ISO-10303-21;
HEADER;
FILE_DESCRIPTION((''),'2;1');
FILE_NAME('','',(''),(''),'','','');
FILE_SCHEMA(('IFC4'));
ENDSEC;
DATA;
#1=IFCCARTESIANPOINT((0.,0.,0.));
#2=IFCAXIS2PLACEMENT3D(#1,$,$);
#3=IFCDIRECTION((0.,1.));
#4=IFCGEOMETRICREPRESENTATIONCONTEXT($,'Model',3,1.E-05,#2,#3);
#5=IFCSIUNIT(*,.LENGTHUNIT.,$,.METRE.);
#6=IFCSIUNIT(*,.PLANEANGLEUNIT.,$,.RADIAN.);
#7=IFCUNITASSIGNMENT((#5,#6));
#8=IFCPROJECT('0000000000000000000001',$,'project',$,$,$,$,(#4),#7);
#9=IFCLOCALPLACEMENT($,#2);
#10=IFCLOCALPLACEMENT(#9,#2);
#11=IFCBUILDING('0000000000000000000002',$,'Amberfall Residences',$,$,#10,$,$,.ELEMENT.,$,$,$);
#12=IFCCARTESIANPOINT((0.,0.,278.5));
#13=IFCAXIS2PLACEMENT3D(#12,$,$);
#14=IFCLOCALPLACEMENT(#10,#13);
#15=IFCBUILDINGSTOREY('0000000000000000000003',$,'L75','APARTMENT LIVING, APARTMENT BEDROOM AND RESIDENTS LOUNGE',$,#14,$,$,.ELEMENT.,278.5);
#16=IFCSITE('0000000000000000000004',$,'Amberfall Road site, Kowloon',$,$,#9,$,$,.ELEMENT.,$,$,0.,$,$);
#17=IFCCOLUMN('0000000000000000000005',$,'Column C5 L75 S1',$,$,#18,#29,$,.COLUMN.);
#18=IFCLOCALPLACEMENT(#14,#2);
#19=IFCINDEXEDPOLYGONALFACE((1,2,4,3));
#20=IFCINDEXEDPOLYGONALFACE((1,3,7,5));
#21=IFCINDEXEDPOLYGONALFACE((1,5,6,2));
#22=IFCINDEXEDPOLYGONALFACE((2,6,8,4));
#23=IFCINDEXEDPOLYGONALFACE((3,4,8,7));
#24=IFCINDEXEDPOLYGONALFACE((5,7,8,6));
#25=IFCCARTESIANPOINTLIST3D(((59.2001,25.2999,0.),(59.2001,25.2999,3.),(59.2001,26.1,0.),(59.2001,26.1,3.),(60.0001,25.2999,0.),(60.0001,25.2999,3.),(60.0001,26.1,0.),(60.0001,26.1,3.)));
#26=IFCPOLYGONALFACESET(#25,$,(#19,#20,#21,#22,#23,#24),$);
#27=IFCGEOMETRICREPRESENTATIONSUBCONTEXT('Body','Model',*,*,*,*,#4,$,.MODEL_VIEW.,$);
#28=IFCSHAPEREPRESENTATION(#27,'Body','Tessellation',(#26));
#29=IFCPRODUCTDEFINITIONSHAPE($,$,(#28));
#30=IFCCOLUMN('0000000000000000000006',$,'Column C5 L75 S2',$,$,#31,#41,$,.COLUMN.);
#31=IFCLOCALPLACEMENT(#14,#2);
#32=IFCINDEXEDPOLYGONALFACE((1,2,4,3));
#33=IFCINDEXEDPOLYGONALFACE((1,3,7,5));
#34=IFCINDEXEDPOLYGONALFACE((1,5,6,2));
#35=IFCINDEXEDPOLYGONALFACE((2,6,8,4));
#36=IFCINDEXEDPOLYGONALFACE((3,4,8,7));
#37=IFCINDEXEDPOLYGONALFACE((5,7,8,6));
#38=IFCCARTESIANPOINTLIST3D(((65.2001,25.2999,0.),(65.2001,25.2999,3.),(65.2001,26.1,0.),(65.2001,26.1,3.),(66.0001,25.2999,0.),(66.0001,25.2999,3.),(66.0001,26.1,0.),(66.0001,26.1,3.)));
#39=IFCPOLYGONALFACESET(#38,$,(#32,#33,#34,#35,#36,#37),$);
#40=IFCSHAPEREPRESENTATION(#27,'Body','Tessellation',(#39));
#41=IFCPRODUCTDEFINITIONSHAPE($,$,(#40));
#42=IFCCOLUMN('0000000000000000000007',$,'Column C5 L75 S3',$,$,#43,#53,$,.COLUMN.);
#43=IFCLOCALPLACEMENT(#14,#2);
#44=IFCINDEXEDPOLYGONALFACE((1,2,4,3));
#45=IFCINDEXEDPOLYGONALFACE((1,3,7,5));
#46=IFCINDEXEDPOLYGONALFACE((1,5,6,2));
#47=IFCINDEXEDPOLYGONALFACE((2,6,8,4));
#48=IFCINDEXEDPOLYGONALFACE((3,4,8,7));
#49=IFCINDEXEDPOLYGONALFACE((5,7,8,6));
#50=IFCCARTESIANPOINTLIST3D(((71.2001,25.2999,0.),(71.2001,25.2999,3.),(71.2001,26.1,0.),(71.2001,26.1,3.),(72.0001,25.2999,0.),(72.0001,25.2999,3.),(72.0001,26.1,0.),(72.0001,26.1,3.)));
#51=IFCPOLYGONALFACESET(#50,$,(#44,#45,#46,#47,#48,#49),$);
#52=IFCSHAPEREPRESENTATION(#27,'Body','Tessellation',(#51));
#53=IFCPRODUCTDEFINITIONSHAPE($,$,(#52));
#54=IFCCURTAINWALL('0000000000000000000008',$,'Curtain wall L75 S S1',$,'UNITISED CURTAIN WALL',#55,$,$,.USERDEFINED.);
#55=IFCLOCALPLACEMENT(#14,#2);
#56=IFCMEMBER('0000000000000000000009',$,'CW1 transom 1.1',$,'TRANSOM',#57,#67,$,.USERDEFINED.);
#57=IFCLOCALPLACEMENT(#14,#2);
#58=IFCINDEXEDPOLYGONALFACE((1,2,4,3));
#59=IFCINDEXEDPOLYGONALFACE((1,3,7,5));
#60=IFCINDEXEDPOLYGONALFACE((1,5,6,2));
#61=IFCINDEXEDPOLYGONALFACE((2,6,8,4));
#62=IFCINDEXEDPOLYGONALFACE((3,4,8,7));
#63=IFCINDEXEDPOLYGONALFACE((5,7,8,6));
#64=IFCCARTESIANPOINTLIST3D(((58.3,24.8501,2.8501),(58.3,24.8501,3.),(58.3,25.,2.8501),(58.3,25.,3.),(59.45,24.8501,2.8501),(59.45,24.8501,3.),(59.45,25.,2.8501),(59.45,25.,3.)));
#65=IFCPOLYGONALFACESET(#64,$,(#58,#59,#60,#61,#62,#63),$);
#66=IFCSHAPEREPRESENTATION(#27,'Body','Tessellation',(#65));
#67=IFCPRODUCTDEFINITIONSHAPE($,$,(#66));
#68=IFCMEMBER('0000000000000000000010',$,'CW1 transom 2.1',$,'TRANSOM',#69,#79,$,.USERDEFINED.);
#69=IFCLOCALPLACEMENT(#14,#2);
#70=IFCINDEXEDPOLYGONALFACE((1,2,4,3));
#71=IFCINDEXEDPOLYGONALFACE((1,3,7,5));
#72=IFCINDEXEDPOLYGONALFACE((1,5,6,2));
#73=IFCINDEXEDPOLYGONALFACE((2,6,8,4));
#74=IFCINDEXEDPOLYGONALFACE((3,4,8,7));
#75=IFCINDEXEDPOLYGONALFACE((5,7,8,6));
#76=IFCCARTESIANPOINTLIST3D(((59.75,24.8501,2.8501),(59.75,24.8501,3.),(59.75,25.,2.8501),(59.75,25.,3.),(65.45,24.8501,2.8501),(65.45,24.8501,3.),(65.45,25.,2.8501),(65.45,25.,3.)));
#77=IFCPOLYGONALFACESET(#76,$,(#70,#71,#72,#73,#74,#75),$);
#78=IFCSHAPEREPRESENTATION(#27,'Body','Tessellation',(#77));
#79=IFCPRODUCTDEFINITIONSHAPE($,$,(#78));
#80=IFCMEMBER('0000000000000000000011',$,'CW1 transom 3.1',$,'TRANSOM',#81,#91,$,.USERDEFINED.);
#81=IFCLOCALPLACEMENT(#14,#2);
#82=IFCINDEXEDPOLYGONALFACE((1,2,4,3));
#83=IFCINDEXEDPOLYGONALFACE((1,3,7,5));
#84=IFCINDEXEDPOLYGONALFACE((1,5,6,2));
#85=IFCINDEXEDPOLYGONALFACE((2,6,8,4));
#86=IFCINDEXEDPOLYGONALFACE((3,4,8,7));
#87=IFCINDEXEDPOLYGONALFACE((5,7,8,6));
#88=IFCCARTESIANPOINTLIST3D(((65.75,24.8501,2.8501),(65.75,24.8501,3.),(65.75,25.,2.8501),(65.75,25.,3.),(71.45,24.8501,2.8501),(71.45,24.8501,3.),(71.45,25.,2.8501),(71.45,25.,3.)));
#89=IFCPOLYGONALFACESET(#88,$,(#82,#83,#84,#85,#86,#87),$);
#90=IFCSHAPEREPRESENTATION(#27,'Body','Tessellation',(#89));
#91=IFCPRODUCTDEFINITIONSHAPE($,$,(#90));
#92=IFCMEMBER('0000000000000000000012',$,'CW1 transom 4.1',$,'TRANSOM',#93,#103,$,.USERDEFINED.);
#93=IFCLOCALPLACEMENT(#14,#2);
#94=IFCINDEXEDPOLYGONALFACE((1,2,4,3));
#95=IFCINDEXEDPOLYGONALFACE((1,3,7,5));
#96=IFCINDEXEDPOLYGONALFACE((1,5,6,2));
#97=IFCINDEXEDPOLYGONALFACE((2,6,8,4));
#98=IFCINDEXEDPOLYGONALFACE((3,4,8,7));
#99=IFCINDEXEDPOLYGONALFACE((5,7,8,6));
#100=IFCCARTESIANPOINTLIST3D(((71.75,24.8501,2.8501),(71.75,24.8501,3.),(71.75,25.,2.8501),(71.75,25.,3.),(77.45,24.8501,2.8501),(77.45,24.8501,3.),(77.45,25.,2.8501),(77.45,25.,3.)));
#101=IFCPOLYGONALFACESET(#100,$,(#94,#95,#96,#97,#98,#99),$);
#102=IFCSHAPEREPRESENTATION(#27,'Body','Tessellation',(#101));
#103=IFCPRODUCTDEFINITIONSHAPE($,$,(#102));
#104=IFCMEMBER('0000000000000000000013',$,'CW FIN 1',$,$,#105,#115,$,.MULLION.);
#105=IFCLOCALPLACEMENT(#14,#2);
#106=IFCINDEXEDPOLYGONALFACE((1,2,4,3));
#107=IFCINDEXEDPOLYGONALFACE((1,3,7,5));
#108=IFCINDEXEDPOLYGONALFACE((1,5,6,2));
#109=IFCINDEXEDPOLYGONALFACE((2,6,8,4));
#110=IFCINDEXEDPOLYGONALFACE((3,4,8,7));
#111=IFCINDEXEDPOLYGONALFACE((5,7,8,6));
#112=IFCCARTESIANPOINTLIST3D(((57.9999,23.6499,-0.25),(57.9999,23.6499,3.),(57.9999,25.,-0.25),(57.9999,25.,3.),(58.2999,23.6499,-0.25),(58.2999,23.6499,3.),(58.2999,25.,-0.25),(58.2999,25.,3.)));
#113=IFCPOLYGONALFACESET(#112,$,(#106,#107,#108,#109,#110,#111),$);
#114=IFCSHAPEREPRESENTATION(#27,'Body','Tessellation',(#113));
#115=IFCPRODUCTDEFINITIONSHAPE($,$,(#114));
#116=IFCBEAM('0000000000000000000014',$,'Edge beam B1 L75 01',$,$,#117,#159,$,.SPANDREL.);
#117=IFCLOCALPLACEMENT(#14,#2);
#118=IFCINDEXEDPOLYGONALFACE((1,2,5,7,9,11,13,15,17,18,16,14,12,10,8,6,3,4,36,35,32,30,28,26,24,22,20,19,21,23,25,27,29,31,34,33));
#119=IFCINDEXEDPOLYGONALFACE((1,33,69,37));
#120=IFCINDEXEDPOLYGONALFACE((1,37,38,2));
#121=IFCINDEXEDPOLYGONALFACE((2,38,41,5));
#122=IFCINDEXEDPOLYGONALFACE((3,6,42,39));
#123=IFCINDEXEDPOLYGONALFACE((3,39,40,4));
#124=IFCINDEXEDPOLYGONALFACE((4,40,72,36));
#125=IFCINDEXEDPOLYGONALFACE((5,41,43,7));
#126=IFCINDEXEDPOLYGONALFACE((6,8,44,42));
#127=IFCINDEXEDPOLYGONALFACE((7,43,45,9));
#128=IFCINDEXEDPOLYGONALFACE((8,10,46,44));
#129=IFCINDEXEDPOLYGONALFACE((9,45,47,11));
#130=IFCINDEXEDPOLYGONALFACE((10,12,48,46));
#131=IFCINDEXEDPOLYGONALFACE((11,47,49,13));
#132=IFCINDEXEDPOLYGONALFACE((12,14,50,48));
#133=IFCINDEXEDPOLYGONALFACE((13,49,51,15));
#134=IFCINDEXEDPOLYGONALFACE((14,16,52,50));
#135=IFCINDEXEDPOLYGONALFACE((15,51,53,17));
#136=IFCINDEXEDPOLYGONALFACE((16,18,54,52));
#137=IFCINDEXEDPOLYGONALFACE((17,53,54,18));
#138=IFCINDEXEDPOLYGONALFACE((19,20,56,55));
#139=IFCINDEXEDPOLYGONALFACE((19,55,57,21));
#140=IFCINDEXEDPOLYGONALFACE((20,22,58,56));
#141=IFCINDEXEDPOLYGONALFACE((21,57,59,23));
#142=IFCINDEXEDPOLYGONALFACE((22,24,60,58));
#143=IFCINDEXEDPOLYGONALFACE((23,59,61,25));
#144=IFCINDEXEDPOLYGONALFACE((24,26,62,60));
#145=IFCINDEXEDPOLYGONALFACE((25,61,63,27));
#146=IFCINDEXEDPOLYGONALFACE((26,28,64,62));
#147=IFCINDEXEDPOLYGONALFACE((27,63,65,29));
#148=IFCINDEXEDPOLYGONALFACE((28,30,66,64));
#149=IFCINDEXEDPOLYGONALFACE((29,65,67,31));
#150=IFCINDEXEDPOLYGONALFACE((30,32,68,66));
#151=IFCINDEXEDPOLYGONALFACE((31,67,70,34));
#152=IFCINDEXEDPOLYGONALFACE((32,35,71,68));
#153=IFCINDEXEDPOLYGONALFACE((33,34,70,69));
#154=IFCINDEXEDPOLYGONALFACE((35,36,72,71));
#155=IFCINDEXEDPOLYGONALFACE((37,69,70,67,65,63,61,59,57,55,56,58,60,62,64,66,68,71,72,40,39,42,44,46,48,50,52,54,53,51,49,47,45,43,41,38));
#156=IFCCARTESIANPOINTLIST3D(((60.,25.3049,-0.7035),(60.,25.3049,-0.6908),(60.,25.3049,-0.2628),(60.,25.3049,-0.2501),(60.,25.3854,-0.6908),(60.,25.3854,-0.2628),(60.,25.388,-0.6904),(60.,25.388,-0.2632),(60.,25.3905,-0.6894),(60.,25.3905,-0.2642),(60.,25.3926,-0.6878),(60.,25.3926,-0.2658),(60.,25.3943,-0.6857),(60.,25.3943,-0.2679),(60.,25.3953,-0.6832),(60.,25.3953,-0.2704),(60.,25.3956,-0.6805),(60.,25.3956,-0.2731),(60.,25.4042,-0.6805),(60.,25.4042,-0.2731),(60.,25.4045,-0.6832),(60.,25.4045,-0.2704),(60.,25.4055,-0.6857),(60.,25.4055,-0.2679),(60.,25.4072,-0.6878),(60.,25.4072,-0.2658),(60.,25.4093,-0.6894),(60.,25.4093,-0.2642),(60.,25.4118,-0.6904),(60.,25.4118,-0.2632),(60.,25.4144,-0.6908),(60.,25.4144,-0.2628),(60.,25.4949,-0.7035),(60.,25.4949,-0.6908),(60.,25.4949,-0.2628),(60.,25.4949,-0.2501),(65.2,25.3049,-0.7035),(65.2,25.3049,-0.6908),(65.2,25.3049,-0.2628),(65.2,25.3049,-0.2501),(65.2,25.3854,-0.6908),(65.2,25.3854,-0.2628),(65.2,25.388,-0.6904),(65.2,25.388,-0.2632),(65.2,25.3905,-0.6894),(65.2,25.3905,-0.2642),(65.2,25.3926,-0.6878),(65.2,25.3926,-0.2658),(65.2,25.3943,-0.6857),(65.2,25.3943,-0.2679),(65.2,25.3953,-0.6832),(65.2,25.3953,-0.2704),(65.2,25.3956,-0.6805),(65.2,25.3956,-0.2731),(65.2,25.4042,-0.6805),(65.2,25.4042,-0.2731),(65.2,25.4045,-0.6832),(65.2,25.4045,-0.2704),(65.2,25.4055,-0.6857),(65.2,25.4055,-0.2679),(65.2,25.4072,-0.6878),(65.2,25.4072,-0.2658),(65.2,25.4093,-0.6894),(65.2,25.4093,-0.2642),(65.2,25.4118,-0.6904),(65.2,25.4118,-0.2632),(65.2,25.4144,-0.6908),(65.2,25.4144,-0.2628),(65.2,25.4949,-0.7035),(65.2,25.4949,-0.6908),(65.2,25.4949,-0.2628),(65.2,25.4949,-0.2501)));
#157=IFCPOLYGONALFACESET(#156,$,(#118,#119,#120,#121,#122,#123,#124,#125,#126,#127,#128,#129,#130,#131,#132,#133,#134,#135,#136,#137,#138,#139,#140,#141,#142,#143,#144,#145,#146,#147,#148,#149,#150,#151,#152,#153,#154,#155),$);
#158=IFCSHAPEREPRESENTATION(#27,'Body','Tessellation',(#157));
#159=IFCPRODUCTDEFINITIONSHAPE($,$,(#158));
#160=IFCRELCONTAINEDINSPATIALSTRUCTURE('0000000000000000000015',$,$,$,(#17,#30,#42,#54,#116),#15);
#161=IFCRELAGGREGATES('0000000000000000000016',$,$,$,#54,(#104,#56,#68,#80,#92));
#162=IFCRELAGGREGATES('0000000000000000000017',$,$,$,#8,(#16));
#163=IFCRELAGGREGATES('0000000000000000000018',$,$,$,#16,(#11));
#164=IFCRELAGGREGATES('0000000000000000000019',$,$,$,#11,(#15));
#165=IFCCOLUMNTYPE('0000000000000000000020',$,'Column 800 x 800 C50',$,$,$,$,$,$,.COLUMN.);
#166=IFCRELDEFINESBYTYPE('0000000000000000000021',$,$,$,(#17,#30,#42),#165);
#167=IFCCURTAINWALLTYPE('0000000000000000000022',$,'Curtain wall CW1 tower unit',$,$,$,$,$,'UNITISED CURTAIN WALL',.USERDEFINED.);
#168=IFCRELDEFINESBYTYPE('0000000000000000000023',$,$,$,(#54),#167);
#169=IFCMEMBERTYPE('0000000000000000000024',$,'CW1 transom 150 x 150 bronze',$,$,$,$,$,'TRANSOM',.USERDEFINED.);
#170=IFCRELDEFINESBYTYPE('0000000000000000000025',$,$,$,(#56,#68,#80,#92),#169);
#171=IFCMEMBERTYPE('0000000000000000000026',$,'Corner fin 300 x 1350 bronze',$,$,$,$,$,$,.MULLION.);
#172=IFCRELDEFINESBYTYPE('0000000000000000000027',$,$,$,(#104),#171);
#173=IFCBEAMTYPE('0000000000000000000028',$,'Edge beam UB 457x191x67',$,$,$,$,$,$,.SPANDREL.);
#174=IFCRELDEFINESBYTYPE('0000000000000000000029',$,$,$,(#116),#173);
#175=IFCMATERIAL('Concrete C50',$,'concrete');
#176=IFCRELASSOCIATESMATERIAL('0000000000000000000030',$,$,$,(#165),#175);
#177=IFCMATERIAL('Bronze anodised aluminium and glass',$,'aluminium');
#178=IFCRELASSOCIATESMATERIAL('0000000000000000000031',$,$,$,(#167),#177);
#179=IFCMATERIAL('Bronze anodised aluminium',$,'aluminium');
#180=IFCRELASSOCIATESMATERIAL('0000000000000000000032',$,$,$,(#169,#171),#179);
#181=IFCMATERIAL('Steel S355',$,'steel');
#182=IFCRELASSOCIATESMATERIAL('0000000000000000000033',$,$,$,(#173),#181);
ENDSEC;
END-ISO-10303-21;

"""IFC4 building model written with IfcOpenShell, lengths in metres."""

from ifc_helpers import new_model, si_unit, direction, frame, origin, origin_2d, place, context, subcontext, project, spatial, rectangle, i_section, extrude, material, material_profile, profile_set, type_object, element, aggregate, save


model = new_model("IFC4")

# Units and contexts
model_context = context("Model", 3, precision=1e-05, world=origin(), true_north=direction((0.0, 1.0)))
body_context = subcontext(model_context, "Body", "Model", "MODEL_VIEW")
ifc_project = project(units=[si_unit("LENGTHUNIT", "METRE"), si_unit("PLANEANGLEUNIT", "RADIAN")], contexts=[model_context])

# Site, building, storey
site_placement = place(None, origin())
site = spatial("IfcSite", under=ifc_project, at=site_placement, Name="Amberfall Road site, Kowloon", CompositionType="ELEMENT", RefElevation=0.0)
building_placement = place(site_placement, origin())
building = spatial("IfcBuilding", under=site, at=building_placement, Name="Amberfall Residences", CompositionType="ELEMENT")
storey_placement = place(building_placement, frame((0.0, 0.0, 278.5)))
storey = spatial("IfcBuildingStorey", under=building, at=storey_placement, Name="L75", Description="APARTMENT LIVING, APARTMENT BEDROOM AND RESIDENTS LOUNGE", CompositionType="ELEMENT", Elevation=278.5)

# Columns
ifc_material_1 = material(Name="Concrete C50", Category="concrete")
ifc_material_profile_1 = material_profile(ifc_material_1, rectangle(XDim=0.8, YDim=0.8, at=origin_2d()), Name="Column 800 x 800 C50")
ifc_profile_set_1 = profile_set([ifc_material_profile_1], Name="Concrete C50")
column_type = type_object("IfcColumnType", Name="Column 800 x 800 C50", PredefinedType="COLUMN", material=ifc_profile_set_1)
for number, where, z_axis, x_axis, name in (
    (1, (59.6001, 25.7, 0.0), (0.0, 0.0, 1.0), (1.0, 0.0, 0.0), "Column C5 L75 S1"),
    (2, (65.6001, 25.7, 0.0), (0.0, 0.0, 1.0), (1.0, 0.0, 0.0), "Column C5 L75 S2"),
    (3, (71.6001, 25.7, 0.0), (0.0, 0.0, 1.0), (1.0, 0.0, 0.0), "Column C5 L75 S3"),
):
    element("IfcColumn", number, at=place(storey_placement, frame(where, z_axis=z_axis, x_axis=x_axis)), inside=storey, type_object=column_type, Name=name, PredefinedType="COLUMN", context=body_context, shape_type="SweptSolid", body=[
        extrude(rectangle(XDim=0.8, YDim=0.8, at=origin_2d()), origin(), (0.0, 0.0, 1.0), 3.0),
    ])

# Curtain wall, members
ifc_material_2 = material(Name="Bronze anodised aluminium and glass", Category="aluminium")
curtain_wall_type = type_object("IfcCurtainWallType", Name="Curtain wall CW1 tower unit", ElementType="UNITISED CURTAIN WALL", PredefinedType="USERDEFINED", material=ifc_material_2)
curtain_wall_placement = place(storey_placement, origin())
curtain_wall = element("IfcCurtainWall", 4, at=curtain_wall_placement, inside=storey, type_object=curtain_wall_type, Name="Curtain wall L75 S S1", ObjectType="UNITISED CURTAIN WALL", PredefinedType="USERDEFINED")
ifc_material_3 = material(Name="Bronze anodised aluminium", Category="aluminium")
ifc_material_profile_2 = material_profile(ifc_material_3, rectangle(XDim=0.1499, YDim=0.1499, at=origin_2d()), Name="CW1 transom 150 x 150 bronze")
ifc_profile_set_2 = profile_set([ifc_material_profile_2], Name="Bronze anodised aluminium")
member_type_1 = type_object("IfcMemberType", Name="CW1 transom 150 x 150 bronze", ElementType="TRANSOM", PredefinedType="USERDEFINED", material=ifc_profile_set_2)
member_1_placement = place(storey_placement, frame((58.3, 24.925, 2.925), z_axis=(1.0, 0.0, 0.0), x_axis=(0.0, 1.0, 0.0)))
member_1 = element("IfcMember", 5, at=member_1_placement, type_object=member_type_1, Name="CW1 transom 1.1", ObjectType="TRANSOM", PredefinedType="USERDEFINED", context=body_context, shape_type="SweptSolid", body=[
    extrude(rectangle(XDim=0.1499, YDim=0.1499, at=origin_2d()), origin(), (0.0, 0.0, 1.0), 1.1499),
])
member_2_placement = place(storey_placement, frame((59.75, 24.925, 2.925), z_axis=(1.0, 0.0, 0.0), x_axis=(0.0, 1.0, 0.0)))
member_2 = element("IfcMember", 6, at=member_2_placement, type_object=member_type_1, Name="CW1 transom 2.1", ObjectType="TRANSOM", PredefinedType="USERDEFINED", context=body_context, shape_type="SweptSolid", body=[
    extrude(rectangle(XDim=0.1499, YDim=0.1499, at=origin_2d()), origin(), (0.0, 0.0, 1.0), 5.7),
])
member_3_placement = place(storey_placement, frame((65.75, 24.925, 2.925), z_axis=(1.0, 0.0, 0.0), x_axis=(0.0, 1.0, 0.0)))
member_3 = element("IfcMember", 7, at=member_3_placement, type_object=member_type_1, Name="CW1 transom 3.1", ObjectType="TRANSOM", PredefinedType="USERDEFINED", context=body_context, shape_type="SweptSolid", body=[
    extrude(rectangle(XDim=0.1499, YDim=0.1499, at=origin_2d()), origin(), (0.0, 0.0, 1.0), 5.7),
])
member_4_placement = place(storey_placement, frame((71.75, 24.925, 2.925), z_axis=(1.0, 0.0, 0.0), x_axis=(0.0, 1.0, 0.0)))
member_4 = element("IfcMember", 8, at=member_4_placement, type_object=member_type_1, Name="CW1 transom 4.1", ObjectType="TRANSOM", PredefinedType="USERDEFINED", context=body_context, shape_type="SweptSolid", body=[
    extrude(rectangle(XDim=0.1499, YDim=0.1499, at=origin_2d()), origin(), (0.0, 0.0, 1.0), 5.7),
])
ifc_material_profile_3 = material_profile(ifc_material_3, rectangle(XDim=1.3501, YDim=0.3, at=origin_2d()), Name="Corner fin 300 x 1350 bronze")
ifc_profile_set_3 = profile_set([ifc_material_profile_3], Name="Bronze anodised aluminium")
member_type_2 = type_object("IfcMemberType", Name="Corner fin 300 x 1350 bronze", PredefinedType="MULLION", material=ifc_profile_set_3)
member_5_placement = place(storey_placement, frame((58.1499, 24.325, -0.25), z_axis=(0.0, 0.0, 1.0), x_axis=(0.0, 1.0, 0.0)))
member_5 = element("IfcMember", 9, at=member_5_placement, type_object=member_type_2, Name="CW FIN 1", PredefinedType="MULLION", context=body_context, shape_type="SweptSolid", body=[
    extrude(rectangle(XDim=1.3501, YDim=0.3, at=origin_2d()), origin(), (0.0, 0.0, 1.0), 3.25),
])

# Beam
ifc_material_4 = material(Name="Steel S355", Category="steel")
ifc_material_profile_4 = material_profile(ifc_material_4, i_section(OverallWidth=0.1899, OverallDepth=0.4534, WebThickness=0.0085, FlangeThickness=0.0127, FilletRadius=0.0103, at=origin_2d()), Name="UB 457x191x67")
ifc_profile_set_4 = profile_set([ifc_material_profile_4], Name="Steel S355")
beam_type_1 = type_object("IfcBeamType", Name="Edge beam UB 457x191x67", PredefinedType="SPANDREL", material=ifc_profile_set_4)
for number, where, z_axis, x_axis, name in (
    (10, (60.0, 25.3999, -0.4768), (1.0, 0.0, 0.0), (0.0, 1.0, 0.0), "Edge beam B1 L75 01"),
):
    element("IfcBeam", number, at=place(storey_placement, frame(where, z_axis=z_axis, x_axis=x_axis)), inside=storey, type_object=beam_type_1, Name=name, PredefinedType="SPANDREL", context=body_context, shape_type="SweptSolid", body=[
        extrude(i_section(OverallWidth=0.1899, OverallDepth=0.4534, WebThickness=0.0085, FlangeThickness=0.0127, FilletRadius=0.0103, at=origin_2d()), origin(), (0.0, 0.0, 1.0), 5.2),
    ])

aggregate(curtain_wall, [member_5, member_1, member_2, member_3, member_4])

save(model, "model.ifc")
